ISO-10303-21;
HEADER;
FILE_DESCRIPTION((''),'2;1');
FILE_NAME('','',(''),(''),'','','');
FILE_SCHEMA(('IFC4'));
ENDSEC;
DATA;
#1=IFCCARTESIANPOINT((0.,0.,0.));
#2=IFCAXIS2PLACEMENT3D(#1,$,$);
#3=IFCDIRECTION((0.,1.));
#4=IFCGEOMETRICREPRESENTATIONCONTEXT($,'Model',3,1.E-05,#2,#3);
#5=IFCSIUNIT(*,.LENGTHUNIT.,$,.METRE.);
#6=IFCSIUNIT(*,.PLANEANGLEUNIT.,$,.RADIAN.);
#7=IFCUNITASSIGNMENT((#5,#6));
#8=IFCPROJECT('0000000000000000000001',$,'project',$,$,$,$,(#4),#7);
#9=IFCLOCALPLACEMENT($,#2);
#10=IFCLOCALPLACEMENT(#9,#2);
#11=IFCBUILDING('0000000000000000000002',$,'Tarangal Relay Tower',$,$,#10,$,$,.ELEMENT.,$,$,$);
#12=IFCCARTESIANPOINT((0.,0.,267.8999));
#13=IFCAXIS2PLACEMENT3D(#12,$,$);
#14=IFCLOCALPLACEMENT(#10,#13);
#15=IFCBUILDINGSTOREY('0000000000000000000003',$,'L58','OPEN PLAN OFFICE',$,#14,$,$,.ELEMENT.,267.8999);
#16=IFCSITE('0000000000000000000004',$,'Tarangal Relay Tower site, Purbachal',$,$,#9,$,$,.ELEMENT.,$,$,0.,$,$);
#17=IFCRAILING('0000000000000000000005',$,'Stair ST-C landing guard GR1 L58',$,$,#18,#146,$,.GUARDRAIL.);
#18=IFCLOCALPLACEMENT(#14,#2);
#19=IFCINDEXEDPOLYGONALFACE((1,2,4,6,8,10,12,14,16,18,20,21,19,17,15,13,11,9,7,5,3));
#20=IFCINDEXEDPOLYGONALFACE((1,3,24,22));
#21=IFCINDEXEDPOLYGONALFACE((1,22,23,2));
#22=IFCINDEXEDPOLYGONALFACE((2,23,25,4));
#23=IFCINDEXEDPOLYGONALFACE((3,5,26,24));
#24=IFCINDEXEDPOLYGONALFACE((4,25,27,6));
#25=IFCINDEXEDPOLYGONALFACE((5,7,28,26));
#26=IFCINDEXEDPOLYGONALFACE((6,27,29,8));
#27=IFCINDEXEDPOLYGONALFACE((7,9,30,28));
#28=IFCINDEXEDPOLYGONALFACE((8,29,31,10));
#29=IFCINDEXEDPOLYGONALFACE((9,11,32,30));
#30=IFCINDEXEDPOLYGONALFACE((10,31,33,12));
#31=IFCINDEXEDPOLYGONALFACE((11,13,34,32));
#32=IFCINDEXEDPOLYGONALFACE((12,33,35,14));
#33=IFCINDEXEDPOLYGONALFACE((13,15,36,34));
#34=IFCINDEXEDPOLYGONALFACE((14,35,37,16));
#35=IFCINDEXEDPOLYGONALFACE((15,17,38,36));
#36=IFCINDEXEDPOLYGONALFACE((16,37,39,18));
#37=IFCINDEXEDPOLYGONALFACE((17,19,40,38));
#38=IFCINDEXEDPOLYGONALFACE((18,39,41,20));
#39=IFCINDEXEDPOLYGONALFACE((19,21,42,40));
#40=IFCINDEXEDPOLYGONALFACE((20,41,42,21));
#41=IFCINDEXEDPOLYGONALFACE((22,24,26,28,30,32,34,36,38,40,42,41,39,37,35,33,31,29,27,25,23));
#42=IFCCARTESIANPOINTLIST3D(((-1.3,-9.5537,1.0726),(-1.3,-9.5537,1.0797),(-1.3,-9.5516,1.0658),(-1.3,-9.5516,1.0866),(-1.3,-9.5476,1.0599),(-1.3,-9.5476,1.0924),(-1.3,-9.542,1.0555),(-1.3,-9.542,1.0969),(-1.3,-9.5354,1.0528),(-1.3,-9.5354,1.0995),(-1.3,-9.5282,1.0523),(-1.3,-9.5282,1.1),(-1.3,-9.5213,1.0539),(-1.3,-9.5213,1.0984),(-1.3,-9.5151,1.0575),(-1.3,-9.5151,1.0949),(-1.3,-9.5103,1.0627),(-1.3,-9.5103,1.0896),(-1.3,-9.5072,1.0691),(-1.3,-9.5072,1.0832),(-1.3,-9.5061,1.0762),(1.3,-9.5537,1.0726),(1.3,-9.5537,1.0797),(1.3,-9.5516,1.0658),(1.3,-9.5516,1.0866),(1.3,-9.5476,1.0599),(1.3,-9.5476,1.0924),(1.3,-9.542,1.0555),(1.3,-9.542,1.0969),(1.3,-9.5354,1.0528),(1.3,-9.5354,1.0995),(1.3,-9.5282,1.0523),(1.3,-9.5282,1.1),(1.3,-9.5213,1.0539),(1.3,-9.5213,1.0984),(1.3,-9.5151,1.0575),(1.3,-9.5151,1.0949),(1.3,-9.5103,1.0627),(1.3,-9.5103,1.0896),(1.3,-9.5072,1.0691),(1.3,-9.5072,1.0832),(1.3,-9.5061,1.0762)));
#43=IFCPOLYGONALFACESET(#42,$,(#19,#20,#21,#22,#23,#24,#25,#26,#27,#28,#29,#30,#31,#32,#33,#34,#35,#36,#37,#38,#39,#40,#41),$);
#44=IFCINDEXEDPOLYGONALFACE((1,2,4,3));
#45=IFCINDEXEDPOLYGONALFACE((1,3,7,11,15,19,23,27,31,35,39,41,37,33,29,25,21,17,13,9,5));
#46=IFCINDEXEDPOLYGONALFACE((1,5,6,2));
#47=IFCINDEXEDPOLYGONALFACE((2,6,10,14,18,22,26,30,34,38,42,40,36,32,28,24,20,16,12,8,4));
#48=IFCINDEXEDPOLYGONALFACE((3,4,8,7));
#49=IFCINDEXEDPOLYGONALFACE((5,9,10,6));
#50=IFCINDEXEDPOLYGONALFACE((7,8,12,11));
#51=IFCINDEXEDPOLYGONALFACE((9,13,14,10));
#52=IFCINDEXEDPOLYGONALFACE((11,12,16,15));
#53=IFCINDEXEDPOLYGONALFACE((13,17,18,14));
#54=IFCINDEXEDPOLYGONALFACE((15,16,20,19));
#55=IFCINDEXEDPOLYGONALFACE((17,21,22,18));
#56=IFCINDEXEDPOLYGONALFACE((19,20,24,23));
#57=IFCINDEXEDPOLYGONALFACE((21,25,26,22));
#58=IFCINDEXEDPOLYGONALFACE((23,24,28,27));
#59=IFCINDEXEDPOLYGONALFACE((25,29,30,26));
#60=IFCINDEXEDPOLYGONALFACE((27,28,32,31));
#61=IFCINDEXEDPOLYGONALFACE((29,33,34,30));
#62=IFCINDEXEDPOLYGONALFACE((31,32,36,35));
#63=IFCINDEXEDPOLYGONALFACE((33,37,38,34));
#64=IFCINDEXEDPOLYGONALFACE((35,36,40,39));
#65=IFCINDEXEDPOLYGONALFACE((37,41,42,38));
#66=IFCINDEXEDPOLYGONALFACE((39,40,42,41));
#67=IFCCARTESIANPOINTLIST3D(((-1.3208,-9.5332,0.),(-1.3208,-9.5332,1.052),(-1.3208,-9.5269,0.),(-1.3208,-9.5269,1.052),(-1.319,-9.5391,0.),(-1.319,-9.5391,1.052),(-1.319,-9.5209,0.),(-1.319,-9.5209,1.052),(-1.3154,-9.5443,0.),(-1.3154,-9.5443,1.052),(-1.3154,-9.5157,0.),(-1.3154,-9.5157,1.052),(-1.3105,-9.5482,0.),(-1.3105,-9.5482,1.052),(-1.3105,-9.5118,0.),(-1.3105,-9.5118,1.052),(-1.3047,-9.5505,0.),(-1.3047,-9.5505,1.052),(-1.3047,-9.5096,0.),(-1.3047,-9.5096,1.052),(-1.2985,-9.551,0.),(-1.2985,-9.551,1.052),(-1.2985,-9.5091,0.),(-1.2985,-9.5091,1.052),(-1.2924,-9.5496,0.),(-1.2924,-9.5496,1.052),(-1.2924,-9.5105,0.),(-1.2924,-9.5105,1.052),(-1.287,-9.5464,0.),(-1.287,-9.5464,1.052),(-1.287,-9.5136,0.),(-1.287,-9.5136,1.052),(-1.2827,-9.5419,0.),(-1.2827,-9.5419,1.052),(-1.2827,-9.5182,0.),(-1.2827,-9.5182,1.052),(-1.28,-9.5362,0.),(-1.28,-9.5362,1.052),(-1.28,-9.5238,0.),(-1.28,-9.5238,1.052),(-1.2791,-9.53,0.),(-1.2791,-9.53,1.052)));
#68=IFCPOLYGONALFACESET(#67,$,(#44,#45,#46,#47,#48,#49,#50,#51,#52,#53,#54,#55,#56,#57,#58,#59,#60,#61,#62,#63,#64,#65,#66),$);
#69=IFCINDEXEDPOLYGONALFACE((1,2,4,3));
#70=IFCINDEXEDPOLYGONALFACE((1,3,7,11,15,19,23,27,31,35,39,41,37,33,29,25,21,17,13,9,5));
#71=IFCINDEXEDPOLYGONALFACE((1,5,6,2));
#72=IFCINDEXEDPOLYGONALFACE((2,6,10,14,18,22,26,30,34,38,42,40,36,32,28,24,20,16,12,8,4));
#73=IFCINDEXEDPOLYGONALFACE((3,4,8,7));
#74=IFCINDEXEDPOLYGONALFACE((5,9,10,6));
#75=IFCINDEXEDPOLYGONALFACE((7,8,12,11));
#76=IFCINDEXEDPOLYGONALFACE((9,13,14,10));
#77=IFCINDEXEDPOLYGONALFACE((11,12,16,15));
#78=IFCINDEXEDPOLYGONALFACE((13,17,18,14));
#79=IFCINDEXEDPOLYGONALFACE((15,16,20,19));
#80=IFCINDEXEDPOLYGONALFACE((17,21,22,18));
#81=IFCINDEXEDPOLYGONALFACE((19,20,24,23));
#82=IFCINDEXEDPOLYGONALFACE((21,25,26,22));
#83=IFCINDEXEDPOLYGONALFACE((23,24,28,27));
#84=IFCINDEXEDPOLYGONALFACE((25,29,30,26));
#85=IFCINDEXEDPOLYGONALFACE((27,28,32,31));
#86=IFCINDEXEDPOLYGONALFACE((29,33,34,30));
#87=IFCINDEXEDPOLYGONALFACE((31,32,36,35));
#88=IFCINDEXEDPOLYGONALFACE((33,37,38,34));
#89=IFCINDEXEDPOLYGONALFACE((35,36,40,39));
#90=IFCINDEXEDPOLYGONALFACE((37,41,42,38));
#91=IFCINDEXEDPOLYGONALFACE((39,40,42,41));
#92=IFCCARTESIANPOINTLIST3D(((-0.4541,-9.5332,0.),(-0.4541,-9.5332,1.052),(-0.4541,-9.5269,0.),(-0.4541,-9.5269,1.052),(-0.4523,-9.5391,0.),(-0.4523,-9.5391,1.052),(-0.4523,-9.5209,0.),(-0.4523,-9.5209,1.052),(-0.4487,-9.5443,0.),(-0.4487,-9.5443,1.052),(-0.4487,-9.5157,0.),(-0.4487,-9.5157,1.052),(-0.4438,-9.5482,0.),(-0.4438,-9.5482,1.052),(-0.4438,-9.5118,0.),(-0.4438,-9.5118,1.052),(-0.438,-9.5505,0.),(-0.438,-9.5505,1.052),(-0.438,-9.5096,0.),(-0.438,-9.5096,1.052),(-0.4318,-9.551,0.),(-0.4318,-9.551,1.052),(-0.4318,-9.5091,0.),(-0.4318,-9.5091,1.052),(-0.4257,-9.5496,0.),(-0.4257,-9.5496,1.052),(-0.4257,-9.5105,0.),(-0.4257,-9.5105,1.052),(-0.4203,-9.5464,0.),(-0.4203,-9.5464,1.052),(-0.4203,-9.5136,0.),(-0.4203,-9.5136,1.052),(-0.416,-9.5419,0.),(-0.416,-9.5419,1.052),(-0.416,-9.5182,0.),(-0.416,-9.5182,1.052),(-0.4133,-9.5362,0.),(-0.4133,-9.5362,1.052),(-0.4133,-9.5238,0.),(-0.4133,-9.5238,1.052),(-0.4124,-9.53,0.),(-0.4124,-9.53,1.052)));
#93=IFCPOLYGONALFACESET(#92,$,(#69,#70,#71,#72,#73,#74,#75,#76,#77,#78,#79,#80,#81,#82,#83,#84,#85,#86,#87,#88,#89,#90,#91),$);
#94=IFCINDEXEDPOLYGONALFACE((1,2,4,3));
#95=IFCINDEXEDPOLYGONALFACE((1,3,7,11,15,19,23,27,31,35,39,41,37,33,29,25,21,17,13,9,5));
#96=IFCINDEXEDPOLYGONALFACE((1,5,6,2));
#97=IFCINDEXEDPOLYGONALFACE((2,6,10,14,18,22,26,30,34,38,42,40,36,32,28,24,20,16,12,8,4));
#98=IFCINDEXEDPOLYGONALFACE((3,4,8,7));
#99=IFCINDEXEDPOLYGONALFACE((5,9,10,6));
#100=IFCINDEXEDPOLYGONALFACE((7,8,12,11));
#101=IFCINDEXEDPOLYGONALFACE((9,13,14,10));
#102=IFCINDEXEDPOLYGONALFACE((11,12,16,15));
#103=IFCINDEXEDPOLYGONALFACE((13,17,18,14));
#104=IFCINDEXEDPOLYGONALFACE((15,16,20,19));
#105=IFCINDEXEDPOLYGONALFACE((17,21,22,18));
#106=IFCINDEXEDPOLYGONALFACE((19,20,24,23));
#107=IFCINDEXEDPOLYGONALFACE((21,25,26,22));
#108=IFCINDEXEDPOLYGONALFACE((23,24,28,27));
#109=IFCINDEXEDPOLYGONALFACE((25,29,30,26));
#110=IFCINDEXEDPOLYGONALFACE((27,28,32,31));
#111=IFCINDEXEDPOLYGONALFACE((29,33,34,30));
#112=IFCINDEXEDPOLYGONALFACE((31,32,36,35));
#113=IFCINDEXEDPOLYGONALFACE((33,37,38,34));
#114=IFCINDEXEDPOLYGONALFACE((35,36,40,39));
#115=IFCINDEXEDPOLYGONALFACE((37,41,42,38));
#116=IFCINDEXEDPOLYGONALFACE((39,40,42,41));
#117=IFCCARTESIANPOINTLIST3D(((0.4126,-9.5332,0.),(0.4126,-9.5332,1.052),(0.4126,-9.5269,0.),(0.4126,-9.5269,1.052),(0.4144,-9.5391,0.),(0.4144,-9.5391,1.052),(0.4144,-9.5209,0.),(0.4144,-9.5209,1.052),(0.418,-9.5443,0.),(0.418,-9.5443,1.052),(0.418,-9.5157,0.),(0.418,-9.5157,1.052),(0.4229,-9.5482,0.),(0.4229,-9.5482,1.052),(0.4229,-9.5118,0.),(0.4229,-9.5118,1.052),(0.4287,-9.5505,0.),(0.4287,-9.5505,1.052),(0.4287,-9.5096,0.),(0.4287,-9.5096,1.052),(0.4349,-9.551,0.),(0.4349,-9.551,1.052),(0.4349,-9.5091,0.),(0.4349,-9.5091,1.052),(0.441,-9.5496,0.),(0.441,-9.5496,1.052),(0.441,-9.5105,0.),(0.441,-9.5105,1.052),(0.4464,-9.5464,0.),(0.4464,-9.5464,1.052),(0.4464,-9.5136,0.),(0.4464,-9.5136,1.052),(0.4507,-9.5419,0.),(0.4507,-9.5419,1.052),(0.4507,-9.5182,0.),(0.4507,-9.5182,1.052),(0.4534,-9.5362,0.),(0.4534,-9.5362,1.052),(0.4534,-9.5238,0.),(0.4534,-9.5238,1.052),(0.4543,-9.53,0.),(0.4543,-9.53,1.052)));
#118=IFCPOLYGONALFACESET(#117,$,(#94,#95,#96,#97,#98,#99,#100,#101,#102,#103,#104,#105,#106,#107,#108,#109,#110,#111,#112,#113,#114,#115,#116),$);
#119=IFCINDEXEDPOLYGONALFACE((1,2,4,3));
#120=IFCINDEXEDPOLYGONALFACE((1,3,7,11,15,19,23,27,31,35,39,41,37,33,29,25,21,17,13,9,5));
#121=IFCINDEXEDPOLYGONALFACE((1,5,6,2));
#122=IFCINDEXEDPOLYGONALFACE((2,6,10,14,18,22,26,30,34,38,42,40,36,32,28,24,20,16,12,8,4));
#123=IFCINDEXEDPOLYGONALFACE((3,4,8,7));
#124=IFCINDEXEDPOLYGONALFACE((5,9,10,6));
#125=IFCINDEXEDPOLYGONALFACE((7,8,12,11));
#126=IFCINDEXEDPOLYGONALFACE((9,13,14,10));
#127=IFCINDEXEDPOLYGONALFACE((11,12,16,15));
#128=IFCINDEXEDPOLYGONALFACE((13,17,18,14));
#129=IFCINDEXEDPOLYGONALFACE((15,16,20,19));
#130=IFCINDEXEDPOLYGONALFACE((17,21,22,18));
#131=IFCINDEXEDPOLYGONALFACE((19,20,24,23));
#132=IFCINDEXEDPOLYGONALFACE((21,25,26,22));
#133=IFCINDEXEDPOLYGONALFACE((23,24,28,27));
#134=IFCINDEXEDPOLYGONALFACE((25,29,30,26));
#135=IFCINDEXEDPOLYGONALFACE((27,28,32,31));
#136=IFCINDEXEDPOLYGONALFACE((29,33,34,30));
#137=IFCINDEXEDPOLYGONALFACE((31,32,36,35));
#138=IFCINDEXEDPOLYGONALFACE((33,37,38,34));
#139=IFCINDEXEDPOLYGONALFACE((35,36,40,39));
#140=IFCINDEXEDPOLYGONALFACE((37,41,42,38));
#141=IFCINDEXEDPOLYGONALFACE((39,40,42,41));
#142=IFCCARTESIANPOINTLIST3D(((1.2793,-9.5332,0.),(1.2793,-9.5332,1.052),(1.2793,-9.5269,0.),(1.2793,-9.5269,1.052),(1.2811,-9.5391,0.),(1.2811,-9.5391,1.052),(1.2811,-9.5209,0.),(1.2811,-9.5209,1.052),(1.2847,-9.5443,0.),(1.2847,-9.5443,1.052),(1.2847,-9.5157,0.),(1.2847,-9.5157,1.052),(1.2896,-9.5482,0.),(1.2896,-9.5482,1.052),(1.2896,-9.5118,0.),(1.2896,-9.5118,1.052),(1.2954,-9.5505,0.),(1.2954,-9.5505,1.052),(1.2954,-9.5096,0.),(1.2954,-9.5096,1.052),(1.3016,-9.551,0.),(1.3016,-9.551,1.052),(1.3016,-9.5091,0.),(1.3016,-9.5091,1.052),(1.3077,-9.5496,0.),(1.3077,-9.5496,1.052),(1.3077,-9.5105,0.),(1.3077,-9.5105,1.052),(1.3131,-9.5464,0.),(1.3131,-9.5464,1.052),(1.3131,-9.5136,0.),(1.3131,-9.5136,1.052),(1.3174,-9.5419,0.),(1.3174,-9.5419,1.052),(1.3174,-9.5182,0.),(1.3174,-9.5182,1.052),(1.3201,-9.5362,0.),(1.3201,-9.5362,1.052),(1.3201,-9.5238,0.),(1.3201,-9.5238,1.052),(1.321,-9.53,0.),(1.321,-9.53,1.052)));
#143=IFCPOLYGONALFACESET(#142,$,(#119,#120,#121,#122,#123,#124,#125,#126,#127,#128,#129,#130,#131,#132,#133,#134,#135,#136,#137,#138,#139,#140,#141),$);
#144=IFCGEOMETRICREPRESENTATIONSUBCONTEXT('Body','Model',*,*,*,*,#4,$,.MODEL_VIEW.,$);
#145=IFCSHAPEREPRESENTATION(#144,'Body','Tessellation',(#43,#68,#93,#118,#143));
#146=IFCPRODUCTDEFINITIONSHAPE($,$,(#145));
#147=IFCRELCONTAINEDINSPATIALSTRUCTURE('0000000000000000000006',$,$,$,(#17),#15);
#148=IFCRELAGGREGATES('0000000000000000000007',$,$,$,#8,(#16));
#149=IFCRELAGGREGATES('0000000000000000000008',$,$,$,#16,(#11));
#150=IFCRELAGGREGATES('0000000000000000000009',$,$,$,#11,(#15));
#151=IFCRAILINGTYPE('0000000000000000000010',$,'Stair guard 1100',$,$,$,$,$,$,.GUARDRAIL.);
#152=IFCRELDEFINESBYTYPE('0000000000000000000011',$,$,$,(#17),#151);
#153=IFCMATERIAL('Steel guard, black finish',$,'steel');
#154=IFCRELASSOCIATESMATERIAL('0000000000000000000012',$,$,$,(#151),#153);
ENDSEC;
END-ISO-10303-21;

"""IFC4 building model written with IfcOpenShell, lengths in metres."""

from ifc_helpers import new_model, si_unit, direction, frame, origin, origin_2d, place, context, subcontext, project, spatial, circle, extrude, material, type_object, element, save


model = new_model("IFC4")

# Units and contexts
model_context = context("Model", 3, precision=1e-05, world=origin(), true_north=direction((0.0, 1.0)))
body_context = subcontext(model_context, "Body", "Model", "MODEL_VIEW")
ifc_project = project(units=[si_unit("LENGTHUNIT", "METRE"), si_unit("PLANEANGLEUNIT", "RADIAN")], contexts=[model_context])

# Site, building, storey
site_placement = place(None, origin())
site = spatial("IfcSite", under=ifc_project, at=site_placement, Name="Tarangal Relay Tower site, Purbachal", CompositionType="ELEMENT", RefElevation=0.0)
building_placement = place(site_placement, origin())
building = spatial("IfcBuilding", under=site, at=building_placement, Name="Tarangal Relay Tower", CompositionType="ELEMENT")
storey_placement = place(building_placement, frame((0.0, 0.0, 267.8999)))
storey = spatial("IfcBuildingStorey", under=building, at=storey_placement, Name="L58", Description="OPEN PLAN OFFICE", CompositionType="ELEMENT", Elevation=267.8999)

# Railing
ifc_material_1 = material(Name="Steel guard, black finish", Category="steel")
railing_type_1 = type_object("IfcRailingType", Name="Stair guard 1100", PredefinedType="GUARDRAIL", material=ifc_material_1)
railing_1_placement = place(storey_placement, frame((-1.3, -9.53, 0.0)))
element("IfcRailing", 1, at=railing_1_placement, inside=storey, type_object=railing_type_1, Name="Stair ST-C landing guard GR1 L58", PredefinedType="GUARDRAIL", context=body_context, shape_type="SweptSolid", body=[
    extrude(circle(Radius=0.0239, at=origin_2d()), frame((0.0, 0.0, 1.0762), z_axis=(1.0, 0.0, 0.0), x_axis=(0.0, 1.0, 0.0)), (0.0, 0.0, 1.0), 2.6001),
    extrude(circle(Radius=0.021, at=origin_2d()), origin(), (0.0, 0.0, 1.0), 1.052),
    extrude(circle(Radius=0.021, at=origin_2d()), frame((0.8667, 0.0, 0.0)), (0.0, 0.0, 1.0), 1.052),
    extrude(circle(Radius=0.021, at=origin_2d()), frame((1.7334, 0.0, 0.0)), (0.0, 0.0, 1.0), 1.052),
    extrude(circle(Radius=0.021, at=origin_2d()), frame((2.6001, 0.0, 0.0)), (0.0, 0.0, 1.0), 1.052),
])

save(model, "model.ifc")
